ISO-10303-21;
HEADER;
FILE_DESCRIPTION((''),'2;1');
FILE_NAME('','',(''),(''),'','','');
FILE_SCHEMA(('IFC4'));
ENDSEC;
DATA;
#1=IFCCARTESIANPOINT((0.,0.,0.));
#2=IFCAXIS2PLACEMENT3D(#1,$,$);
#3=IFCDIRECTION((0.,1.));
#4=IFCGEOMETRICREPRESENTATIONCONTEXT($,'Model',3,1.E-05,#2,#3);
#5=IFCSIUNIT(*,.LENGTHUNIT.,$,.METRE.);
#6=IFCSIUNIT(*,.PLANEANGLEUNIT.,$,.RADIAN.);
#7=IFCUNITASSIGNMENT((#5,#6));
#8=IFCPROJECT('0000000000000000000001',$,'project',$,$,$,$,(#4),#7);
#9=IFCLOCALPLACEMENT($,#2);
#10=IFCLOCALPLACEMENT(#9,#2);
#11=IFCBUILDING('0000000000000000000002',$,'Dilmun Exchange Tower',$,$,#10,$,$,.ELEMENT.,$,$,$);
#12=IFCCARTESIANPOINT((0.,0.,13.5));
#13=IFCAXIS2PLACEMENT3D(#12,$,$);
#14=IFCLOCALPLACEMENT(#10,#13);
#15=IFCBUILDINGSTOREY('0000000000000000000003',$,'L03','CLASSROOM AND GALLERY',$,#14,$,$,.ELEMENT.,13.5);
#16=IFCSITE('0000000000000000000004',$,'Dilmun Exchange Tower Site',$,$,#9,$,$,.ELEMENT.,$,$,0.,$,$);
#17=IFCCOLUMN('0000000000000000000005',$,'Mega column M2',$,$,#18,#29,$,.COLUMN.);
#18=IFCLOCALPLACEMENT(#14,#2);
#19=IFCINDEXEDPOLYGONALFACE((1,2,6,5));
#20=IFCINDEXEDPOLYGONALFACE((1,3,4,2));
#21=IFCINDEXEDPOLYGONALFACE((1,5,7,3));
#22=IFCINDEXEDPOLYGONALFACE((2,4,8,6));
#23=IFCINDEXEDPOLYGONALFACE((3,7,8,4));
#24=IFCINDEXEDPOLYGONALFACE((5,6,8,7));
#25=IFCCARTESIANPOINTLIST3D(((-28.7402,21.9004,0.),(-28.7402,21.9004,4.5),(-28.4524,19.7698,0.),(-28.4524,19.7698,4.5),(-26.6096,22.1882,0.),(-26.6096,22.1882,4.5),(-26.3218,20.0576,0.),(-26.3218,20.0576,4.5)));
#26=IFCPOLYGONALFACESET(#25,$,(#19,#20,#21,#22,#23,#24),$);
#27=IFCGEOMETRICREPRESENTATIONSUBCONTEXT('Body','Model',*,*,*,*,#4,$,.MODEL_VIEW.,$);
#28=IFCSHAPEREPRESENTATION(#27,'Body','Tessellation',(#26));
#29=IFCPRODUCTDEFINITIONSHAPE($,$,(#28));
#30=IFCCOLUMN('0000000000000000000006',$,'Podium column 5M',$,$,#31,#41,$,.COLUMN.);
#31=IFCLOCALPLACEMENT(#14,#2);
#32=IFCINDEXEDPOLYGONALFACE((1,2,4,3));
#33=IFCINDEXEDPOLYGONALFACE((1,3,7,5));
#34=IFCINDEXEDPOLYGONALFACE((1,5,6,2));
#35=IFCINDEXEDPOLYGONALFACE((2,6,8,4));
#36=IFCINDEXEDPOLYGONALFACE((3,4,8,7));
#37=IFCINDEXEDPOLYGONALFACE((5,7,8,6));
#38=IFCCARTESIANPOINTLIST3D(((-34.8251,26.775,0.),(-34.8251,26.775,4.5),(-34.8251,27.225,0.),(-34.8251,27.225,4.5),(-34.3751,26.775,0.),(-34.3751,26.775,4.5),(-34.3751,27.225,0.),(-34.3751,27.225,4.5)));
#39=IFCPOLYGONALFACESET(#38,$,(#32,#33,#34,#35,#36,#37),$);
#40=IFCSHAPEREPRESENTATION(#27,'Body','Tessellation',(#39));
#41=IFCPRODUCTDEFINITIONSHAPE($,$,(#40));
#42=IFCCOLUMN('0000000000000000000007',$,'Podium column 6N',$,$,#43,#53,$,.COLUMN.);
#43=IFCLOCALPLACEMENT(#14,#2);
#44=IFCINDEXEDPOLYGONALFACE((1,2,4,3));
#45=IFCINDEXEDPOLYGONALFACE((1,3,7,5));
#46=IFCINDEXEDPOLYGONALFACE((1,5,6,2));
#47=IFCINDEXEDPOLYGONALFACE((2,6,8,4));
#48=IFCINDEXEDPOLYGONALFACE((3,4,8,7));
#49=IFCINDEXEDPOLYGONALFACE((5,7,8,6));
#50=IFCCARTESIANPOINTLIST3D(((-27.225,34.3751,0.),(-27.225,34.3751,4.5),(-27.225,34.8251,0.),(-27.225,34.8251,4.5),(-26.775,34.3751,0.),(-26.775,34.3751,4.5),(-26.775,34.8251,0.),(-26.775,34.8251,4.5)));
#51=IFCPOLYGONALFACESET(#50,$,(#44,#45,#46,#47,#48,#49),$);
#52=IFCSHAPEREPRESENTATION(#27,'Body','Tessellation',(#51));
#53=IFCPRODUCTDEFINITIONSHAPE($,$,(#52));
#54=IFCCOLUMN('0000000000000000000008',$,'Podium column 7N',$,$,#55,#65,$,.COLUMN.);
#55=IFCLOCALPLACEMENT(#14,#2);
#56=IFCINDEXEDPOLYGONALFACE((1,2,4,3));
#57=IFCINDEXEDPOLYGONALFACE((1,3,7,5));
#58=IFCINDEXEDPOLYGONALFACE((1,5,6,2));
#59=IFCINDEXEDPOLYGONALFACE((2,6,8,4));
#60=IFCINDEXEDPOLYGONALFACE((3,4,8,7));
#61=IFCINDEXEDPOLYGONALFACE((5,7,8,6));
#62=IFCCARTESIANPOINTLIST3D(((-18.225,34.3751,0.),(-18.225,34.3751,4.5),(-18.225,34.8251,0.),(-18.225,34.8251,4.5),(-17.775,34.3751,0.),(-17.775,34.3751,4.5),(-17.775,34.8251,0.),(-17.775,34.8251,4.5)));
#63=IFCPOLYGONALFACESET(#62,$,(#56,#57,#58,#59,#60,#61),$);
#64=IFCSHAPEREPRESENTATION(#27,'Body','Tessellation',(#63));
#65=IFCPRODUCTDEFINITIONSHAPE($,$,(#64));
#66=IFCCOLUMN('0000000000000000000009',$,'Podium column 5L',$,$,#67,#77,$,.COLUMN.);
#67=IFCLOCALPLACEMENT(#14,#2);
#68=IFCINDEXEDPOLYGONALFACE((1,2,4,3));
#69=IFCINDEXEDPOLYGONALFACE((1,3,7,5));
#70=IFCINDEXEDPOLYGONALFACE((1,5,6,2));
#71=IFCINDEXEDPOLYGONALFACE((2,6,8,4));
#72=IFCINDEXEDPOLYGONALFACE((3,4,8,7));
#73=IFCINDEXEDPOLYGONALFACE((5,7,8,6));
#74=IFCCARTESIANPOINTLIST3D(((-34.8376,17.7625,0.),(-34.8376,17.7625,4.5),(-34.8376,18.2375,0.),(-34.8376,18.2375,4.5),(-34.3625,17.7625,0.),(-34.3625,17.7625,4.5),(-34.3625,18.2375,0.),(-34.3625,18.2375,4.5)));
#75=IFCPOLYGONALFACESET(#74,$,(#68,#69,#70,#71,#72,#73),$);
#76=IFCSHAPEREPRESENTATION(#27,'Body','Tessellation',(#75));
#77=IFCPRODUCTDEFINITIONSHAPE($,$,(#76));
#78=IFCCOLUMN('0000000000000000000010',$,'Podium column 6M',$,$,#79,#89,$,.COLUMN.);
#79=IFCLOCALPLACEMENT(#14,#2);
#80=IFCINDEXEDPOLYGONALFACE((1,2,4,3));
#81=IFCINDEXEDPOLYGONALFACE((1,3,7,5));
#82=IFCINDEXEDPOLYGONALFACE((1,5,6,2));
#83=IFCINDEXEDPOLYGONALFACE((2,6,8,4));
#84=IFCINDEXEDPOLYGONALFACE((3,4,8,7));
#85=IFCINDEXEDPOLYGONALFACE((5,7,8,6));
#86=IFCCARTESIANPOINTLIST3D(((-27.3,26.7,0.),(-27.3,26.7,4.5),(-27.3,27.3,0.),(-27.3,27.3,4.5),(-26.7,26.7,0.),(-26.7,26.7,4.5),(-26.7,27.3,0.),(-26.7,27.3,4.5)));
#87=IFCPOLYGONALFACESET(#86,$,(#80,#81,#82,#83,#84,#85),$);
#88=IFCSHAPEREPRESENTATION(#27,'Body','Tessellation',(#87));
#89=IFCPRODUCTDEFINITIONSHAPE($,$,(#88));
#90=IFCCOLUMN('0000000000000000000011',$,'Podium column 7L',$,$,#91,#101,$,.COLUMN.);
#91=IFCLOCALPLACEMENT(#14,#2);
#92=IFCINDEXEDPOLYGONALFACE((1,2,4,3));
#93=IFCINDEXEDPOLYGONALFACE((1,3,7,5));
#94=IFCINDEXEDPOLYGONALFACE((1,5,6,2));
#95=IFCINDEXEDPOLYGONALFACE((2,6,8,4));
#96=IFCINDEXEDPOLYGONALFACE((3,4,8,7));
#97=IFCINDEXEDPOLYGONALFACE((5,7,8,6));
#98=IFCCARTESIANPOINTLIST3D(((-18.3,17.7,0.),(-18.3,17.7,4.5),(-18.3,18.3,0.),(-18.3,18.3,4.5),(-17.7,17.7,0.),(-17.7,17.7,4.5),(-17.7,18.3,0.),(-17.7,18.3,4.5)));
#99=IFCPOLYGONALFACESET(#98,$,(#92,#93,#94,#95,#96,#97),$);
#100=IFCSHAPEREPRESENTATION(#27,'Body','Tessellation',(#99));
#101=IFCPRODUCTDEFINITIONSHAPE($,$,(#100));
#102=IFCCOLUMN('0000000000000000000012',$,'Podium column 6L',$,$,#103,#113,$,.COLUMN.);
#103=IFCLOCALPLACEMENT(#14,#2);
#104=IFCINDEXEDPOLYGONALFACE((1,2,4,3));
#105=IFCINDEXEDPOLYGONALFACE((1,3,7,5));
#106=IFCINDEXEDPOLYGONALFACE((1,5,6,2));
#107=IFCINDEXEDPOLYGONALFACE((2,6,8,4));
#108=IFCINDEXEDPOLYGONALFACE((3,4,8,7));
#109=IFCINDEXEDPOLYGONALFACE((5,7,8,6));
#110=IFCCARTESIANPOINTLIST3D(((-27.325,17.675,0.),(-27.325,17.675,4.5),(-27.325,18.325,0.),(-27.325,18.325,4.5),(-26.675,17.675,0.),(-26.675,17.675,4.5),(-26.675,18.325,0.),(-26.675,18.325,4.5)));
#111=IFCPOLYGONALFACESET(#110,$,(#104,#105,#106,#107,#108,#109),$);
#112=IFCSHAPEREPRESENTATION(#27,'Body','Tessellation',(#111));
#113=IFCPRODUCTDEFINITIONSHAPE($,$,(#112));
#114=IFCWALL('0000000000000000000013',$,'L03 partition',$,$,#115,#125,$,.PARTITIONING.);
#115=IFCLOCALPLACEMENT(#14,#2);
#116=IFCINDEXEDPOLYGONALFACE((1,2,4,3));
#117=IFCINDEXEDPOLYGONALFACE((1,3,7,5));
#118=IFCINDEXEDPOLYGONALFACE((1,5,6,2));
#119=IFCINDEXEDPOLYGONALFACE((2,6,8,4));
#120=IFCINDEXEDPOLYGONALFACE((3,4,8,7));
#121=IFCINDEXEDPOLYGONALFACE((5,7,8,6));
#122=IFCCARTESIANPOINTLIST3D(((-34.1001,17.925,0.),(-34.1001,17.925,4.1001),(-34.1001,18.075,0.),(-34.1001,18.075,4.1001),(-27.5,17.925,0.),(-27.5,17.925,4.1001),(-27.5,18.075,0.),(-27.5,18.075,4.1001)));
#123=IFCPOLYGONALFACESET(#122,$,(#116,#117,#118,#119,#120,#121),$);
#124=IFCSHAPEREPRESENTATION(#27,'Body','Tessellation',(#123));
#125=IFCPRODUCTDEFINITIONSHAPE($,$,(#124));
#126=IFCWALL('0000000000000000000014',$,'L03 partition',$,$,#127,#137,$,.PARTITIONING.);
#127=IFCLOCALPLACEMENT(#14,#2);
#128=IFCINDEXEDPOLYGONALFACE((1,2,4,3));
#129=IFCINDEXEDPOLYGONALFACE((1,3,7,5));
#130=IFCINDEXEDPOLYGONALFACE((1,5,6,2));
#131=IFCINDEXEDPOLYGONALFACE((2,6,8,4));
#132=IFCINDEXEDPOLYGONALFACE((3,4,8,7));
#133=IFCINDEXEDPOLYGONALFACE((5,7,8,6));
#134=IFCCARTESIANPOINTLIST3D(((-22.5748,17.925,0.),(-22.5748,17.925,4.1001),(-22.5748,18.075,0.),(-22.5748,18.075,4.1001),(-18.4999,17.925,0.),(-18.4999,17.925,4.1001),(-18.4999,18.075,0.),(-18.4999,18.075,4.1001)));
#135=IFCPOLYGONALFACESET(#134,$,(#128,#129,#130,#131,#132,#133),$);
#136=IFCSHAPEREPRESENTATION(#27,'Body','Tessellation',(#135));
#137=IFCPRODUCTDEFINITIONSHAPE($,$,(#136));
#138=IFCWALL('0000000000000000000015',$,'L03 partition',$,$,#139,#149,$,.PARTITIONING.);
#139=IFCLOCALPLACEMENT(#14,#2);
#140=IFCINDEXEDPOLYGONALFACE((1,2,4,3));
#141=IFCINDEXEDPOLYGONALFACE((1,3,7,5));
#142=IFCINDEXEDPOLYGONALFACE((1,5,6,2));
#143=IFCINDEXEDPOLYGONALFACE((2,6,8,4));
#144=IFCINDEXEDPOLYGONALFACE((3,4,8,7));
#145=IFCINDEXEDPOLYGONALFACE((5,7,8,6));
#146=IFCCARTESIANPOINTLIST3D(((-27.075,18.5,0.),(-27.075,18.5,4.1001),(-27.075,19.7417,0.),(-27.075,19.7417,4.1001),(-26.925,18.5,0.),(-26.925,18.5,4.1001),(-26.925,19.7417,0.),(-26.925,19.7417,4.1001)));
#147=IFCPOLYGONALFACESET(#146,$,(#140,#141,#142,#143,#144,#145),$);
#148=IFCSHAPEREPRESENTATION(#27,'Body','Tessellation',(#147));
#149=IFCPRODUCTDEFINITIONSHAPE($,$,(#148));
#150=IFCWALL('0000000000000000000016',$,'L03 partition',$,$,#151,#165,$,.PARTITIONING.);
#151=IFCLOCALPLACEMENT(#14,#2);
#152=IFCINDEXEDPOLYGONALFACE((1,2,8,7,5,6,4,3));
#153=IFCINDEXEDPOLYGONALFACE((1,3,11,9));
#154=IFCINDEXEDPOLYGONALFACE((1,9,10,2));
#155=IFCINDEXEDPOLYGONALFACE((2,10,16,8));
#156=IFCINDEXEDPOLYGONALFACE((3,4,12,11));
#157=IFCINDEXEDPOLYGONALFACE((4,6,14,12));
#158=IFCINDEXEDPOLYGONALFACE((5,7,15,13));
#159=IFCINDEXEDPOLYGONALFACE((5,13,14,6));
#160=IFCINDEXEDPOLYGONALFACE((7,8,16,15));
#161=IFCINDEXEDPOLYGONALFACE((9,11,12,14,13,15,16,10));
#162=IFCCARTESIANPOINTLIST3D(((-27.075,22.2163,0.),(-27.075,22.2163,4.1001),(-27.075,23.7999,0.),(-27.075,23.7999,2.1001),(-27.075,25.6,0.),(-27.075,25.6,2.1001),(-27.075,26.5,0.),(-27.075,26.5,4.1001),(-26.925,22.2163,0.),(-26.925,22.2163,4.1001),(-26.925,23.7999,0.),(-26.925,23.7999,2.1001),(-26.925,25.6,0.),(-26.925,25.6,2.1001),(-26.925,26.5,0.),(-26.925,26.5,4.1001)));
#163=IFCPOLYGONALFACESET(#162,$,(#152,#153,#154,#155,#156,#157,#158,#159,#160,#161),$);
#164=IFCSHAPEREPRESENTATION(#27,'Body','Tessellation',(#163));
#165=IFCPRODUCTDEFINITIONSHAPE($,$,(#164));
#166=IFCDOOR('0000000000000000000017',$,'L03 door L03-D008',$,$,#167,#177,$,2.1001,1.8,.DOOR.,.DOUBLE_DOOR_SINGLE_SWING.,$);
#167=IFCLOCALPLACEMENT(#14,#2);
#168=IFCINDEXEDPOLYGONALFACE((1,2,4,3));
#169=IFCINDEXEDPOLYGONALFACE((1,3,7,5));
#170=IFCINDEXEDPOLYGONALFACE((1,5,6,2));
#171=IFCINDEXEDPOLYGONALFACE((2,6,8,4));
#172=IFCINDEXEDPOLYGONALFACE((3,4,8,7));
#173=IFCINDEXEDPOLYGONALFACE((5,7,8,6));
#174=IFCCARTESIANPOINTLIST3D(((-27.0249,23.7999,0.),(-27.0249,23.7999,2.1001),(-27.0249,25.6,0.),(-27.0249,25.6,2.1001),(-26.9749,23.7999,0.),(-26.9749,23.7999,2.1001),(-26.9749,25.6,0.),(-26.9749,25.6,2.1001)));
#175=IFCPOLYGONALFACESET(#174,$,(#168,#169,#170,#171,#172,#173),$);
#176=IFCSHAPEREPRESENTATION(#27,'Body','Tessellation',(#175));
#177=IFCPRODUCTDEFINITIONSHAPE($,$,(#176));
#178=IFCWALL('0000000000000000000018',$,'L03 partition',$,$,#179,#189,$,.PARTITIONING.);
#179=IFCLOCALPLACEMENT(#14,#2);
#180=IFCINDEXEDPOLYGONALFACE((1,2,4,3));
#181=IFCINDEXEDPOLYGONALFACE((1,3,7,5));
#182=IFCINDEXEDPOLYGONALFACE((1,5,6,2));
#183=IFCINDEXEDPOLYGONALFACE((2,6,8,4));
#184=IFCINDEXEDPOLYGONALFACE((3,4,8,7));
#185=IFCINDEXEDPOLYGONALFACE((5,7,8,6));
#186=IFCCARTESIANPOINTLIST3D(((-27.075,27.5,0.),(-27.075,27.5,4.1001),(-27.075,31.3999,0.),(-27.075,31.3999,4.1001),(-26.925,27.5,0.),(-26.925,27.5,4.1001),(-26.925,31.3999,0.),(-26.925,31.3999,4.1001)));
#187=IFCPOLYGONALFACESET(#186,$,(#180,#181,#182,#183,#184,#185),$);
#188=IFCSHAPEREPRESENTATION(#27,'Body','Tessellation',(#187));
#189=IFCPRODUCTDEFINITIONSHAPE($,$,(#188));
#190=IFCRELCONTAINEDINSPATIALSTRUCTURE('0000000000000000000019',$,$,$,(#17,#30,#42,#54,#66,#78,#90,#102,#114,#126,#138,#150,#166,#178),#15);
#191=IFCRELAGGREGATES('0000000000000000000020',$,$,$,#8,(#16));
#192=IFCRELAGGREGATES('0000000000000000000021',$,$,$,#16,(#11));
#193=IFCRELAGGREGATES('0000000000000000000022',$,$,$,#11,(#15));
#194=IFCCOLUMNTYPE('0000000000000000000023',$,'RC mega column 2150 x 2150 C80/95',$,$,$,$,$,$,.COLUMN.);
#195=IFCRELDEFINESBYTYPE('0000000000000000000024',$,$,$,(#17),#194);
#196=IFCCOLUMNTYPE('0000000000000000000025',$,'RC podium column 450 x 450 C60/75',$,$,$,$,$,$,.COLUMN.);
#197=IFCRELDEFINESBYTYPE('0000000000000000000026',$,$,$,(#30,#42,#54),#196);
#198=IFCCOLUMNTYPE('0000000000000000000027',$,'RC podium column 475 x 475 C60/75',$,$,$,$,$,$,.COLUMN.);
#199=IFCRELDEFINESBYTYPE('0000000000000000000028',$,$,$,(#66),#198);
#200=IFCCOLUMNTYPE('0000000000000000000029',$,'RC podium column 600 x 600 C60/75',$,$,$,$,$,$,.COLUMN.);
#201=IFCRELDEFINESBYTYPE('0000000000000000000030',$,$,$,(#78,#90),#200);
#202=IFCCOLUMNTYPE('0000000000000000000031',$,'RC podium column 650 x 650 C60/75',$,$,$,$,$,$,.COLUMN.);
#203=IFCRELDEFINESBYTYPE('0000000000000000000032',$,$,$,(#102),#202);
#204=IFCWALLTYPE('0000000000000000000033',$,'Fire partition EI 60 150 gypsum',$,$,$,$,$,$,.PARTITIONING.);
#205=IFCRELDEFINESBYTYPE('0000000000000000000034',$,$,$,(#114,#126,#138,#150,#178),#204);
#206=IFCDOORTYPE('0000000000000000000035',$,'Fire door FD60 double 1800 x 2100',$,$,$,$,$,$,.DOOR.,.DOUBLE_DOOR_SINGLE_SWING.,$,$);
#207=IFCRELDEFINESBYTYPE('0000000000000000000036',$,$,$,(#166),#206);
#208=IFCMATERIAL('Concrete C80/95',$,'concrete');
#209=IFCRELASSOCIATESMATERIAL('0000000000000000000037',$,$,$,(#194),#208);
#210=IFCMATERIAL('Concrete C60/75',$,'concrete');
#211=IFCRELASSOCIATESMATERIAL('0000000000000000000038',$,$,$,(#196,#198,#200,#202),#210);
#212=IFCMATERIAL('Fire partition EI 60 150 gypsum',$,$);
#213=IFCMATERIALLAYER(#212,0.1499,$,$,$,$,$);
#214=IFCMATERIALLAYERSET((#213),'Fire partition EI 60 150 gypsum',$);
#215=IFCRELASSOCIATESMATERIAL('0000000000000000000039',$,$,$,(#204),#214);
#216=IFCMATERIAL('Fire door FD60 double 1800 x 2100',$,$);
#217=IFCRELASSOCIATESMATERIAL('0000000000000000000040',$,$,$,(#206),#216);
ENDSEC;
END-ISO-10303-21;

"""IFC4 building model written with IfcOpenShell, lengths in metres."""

from ifc_helpers import new_model, si_unit, direction, frame, frame_2d, origin, origin_2d, place, context, subcontext, project, spatial, rectangle, extrude, material, layer, layer_set, material_profile, profile_set, type_object, element, fill, save


model = new_model("IFC4")

# Units and contexts
model_context = context("Model", 3, precision=1e-05, world=origin(), true_north=direction((0.0, 1.0)))
body_context = subcontext(model_context, "Body", "Model", "MODEL_VIEW")
ifc_project = project(units=[si_unit("LENGTHUNIT", "METRE"), si_unit("PLANEANGLEUNIT", "RADIAN")], contexts=[model_context])

# Site, building, storey
site_placement = place(None, origin())
site = spatial("IfcSite", under=ifc_project, at=site_placement, Name="Dilmun Exchange Tower Site", CompositionType="ELEMENT", RefElevation=0.0)
building_placement = place(site_placement, origin())
building = spatial("IfcBuilding", under=site, at=building_placement, Name="Dilmun Exchange Tower", CompositionType="ELEMENT")
storey_placement = place(building_placement, frame((0.0, 0.0, 13.5)))
storey = spatial("IfcBuildingStorey", under=building, at=storey_placement, Name="L03", Description="CLASSROOM AND GALLERY", CompositionType="ELEMENT", Elevation=13.5)

# Columns
ifc_material_1 = material(Name="Concrete C80/95", Category="concrete")
ifc_material_profile_1 = material_profile(ifc_material_1, rectangle(XDim=2.1499, YDim=2.1499, at=origin_2d()), Name="2150 x 2150")
ifc_profile_set_1 = profile_set([ifc_material_profile_1], Name="Concrete C80/95")
column_type_1 = type_object("IfcColumnType", Name="RC mega column 2150 x 2150 C80/95", PredefinedType="COLUMN", material=ifc_profile_set_1)
column_1_placement = place(storey_placement, frame((-27.531, 20.979, 0.0), z_axis=(0.0, 0.0, 1.0), x_axis=(0.991001, 0.133853, 0.0)))
element("IfcColumn", 1, at=column_1_placement, inside=storey, type_object=column_type_1, Name="Mega column M2", PredefinedType="COLUMN", context=body_context, shape_type="SweptSolid", body=[
    extrude(rectangle(XDim=2.1499, YDim=2.1499, at=origin_2d()), origin(), (0.0, 0.0, 1.0), 4.5),
])
ifc_material_2 = material(Name="Concrete C60/75", Category="concrete")
ifc_material_profile_2 = material_profile(ifc_material_2, rectangle(XDim=0.45, YDim=0.45, at=origin_2d()), Name="450 x 450")
ifc_profile_set_2 = profile_set([ifc_material_profile_2], Name="Concrete C60/75")
column_type_2 = type_object("IfcColumnType", Name="RC podium column 450 x 450 C60/75", PredefinedType="COLUMN", material=ifc_profile_set_2)
for number, where, z_axis, x_axis, name in (
    (2, (-34.6001, 27.0, 0.0), (0.0, 0.0, 1.0), (1.0, 0.0, 0.0), "Podium column 5M"),
    (3, (-27.0, 34.6001, 0.0), (0.0, 0.0, 1.0), (1.0, 0.0, 0.0), "Podium column 6N"),
    (4, (-18.0, 34.6001, 0.0), (0.0, 0.0, 1.0), (1.0, 0.0, 0.0), "Podium column 7N"),
):
    element("IfcColumn", number, at=place(storey_placement, frame(where, z_axis=z_axis, x_axis=x_axis)), inside=storey, type_object=column_type_2, Name=name, PredefinedType="COLUMN", context=body_context, shape_type="SweptSolid", body=[
        extrude(rectangle(XDim=0.45, YDim=0.45, at=origin_2d()), origin(), (0.0, 0.0, 1.0), 4.5),
    ])
ifc_material_profile_3 = material_profile(ifc_material_2, rectangle(XDim=0.4751, YDim=0.4751, at=origin_2d()), Name="475 x 475")
ifc_profile_set_3 = profile_set([ifc_material_profile_3], Name="Concrete C60/75")
column_type_3 = type_object("IfcColumnType", Name="RC podium column 475 x 475 C60/75", PredefinedType="COLUMN", material=ifc_profile_set_3)
column_2_placement = place(storey_placement, frame((-34.6001, 18.0, 0.0), z_axis=(0.0, 0.0, 1.0), x_axis=(1.0, 0.0, 0.0)))
element("IfcColumn", 5, at=column_2_placement, inside=storey, type_object=column_type_3, Name="Podium column 5L", PredefinedType="COLUMN", context=body_context, shape_type="SweptSolid", body=[
    extrude(rectangle(XDim=0.4751, YDim=0.4751, at=origin_2d()), origin(), (0.0, 0.0, 1.0), 4.5),
])
ifc_material_profile_4 = material_profile(ifc_material_2, rectangle(XDim=0.6001, YDim=0.6001, at=origin_2d()), Name="600 x 600")
ifc_profile_set_4 = profile_set([ifc_material_profile_4], Name="Concrete C60/75")
column_type_4 = type_object("IfcColumnType", Name="RC podium column 600 x 600 C60/75", PredefinedType="COLUMN", material=ifc_profile_set_4)
for number, where, z_axis, x_axis, name in (
    (6, (-27.0, 27.0, 0.0), (0.0, 0.0, 1.0), (1.0, 0.0, 0.0), "Podium column 6M"),
    (7, (-18.0, 18.0, 0.0), (0.0, 0.0, 1.0), (1.0, 0.0, 0.0), "Podium column 7L"),
):
    element("IfcColumn", number, at=place(storey_placement, frame(where, z_axis=z_axis, x_axis=x_axis)), inside=storey, type_object=column_type_4, Name=name, PredefinedType="COLUMN", context=body_context, shape_type="SweptSolid", body=[
        extrude(rectangle(XDim=0.6001, YDim=0.6001, at=origin_2d()), origin(), (0.0, 0.0, 1.0), 4.5),
    ])
ifc_material_profile_5 = material_profile(ifc_material_2, rectangle(XDim=0.6499, YDim=0.6499, at=origin_2d()), Name="650 x 650")
ifc_profile_set_5 = profile_set([ifc_material_profile_5], Name="Concrete C60/75")
column_type_5 = type_object("IfcColumnType", Name="RC podium column 650 x 650 C60/75", PredefinedType="COLUMN", material=ifc_profile_set_5)
column_3_placement = place(storey_placement, frame((-27.0, 18.0, 0.0), z_axis=(0.0, 0.0, 1.0), x_axis=(1.0, 0.0, 0.0)))
element("IfcColumn", 8, at=column_3_placement, inside=storey, type_object=column_type_5, Name="Podium column 6L", PredefinedType="COLUMN", context=body_context, shape_type="SweptSolid", body=[
    extrude(rectangle(XDim=0.6499, YDim=0.6499, at=origin_2d()), origin(), (0.0, 0.0, 1.0), 4.5),
])

# Walls
ifc_material_3 = material(Name="Fire partition EI 60 150 gypsum")
ifc_layer_1 = layer(ifc_material_3, 0.1499)
ifc_layer_set_1 = layer_set([ifc_layer_1], Name="Fire partition EI 60 150 gypsum")
wall_type_1 = type_object("IfcWallType", Name="Fire partition EI 60 150 gypsum", PredefinedType="PARTITIONING", material=ifc_layer_set_1)
wall_1_placement = place(storey_placement, frame((-34.1001, 18.0, 0.0), z_axis=(0.0, 0.0, 1.0), x_axis=(1.0, 0.0, 0.0)))
element("IfcWall", 9, at=wall_1_placement, inside=storey, type_object=wall_type_1, Name="L03 partition", PredefinedType="PARTITIONING", context=body_context, shape_type="SweptSolid", body=[
    extrude(rectangle(XDim=6.6001, YDim=0.1499, at=frame_2d((3.3, 0.0))), origin(), (0.0, 0.0, 1.0), 4.1001),
])
wall_2_placement = place(storey_placement, frame((-22.575, 18.0, 0.0), z_axis=(0.0, 0.0, 1.0), x_axis=(1.0, 0.0, 0.0)))
element("IfcWall", 10, at=wall_2_placement, inside=storey, type_object=wall_type_1, Name="L03 partition", PredefinedType="PARTITIONING", context=body_context, shape_type="SweptSolid", body=[
    extrude(rectangle(XDim=4.075, YDim=0.1499, at=frame_2d((2.0376, 0.0))), origin(), (0.0, 0.0, 1.0), 4.1001),
])
wall_3_placement = place(storey_placement, frame((-27.0, 18.5, 0.0), z_axis=(0.0, 0.0, 1.0), x_axis=(0.0, 1.0, 0.0)))
element("IfcWall", 11, at=wall_3_placement, inside=storey, type_object=wall_type_1, Name="L03 partition", PredefinedType="PARTITIONING", context=body_context, shape_type="SweptSolid", body=[
    extrude(rectangle(XDim=1.2417, YDim=0.1499, at=frame_2d((0.6208, 0.0))), origin(), (0.0, 0.0, 1.0), 4.1001),
])

# Wall, opening, door
wall_4_placement = place(storey_placement, frame((-27.0, 22.2163, 0.0), z_axis=(0.0, 0.0, 1.0), x_axis=(0.0, 1.0, 0.0)))
wall_4 = element("IfcWall", 12, at=wall_4_placement, inside=storey, type_object=wall_type_1, Name="L03 partition", PredefinedType="PARTITIONING", context=body_context, shape_type="SweptSolid", body=[
    extrude(rectangle(XDim=4.2837, YDim=0.1499, at=frame_2d((2.1418, 0.0))), origin(), (0.0, 0.0, 1.0), 4.1001),
])
opening_1_placement = place(wall_4_placement, frame((1.5837, 0.0, 0.0)))
opening_1 = element("IfcOpeningElement", 13, at=opening_1_placement, cuts=wall_4, PredefinedType="OPENING", context=body_context, shape_type="SweptSolid", body=[
    extrude(rectangle(XDim=1.8, YDim=2.1001, at=frame_2d((0.8999, 1.05))), frame((0.0, 0.085, 0.0), z_axis=(0.0, -1.0, 0.0), x_axis=(1.0, 0.0, 0.0)), (0.0, 0.0, 1.0), 0.1699),
])
ifc_material_4 = material(Name="Fire door FD60 double 1800 x 2100")
door_type_1 = type_object("IfcDoorType", Name="Fire door FD60 double 1800 x 2100", OperationType="DOUBLE_DOOR_SINGLE_SWING", PredefinedType="DOOR", material=ifc_material_4)
door_1_placement = place(opening_1_placement, origin())
door_1 = element("IfcDoor", 14, at=door_1_placement, inside=storey, type_object=door_type_1, Name="L03 door L03-D008", OperationType="DOUBLE_DOOR_SINGLE_SWING", OverallHeight=2.1001, OverallWidth=1.8, PredefinedType="DOOR", context=body_context, shape_type="SweptSolid", body=[
    extrude(rectangle(XDim=1.8, YDim=2.1001, at=frame_2d((0.8999, 1.05))), frame((0.0, 0.0249, 0.0), z_axis=(0.0, -1.0, 0.0), x_axis=(1.0, 0.0, 0.0)), (0.0, 0.0, 1.0), 0.05),
])
fill(opening_1, door_1)

# Wall
wall_5_placement = place(storey_placement, frame((-27.0, 27.5, 0.0), z_axis=(0.0, 0.0, 1.0), x_axis=(0.0, 1.0, 0.0)))
element("IfcWall", 15, at=wall_5_placement, inside=storey, type_object=wall_type_1, Name="L03 partition", PredefinedType="PARTITIONING", context=body_context, shape_type="SweptSolid", body=[
    extrude(rectangle(XDim=3.8999, YDim=0.1499, at=frame_2d((1.95, 0.0))), origin(), (0.0, 0.0, 1.0), 4.1001),
])

save(model, "model.ifc")
